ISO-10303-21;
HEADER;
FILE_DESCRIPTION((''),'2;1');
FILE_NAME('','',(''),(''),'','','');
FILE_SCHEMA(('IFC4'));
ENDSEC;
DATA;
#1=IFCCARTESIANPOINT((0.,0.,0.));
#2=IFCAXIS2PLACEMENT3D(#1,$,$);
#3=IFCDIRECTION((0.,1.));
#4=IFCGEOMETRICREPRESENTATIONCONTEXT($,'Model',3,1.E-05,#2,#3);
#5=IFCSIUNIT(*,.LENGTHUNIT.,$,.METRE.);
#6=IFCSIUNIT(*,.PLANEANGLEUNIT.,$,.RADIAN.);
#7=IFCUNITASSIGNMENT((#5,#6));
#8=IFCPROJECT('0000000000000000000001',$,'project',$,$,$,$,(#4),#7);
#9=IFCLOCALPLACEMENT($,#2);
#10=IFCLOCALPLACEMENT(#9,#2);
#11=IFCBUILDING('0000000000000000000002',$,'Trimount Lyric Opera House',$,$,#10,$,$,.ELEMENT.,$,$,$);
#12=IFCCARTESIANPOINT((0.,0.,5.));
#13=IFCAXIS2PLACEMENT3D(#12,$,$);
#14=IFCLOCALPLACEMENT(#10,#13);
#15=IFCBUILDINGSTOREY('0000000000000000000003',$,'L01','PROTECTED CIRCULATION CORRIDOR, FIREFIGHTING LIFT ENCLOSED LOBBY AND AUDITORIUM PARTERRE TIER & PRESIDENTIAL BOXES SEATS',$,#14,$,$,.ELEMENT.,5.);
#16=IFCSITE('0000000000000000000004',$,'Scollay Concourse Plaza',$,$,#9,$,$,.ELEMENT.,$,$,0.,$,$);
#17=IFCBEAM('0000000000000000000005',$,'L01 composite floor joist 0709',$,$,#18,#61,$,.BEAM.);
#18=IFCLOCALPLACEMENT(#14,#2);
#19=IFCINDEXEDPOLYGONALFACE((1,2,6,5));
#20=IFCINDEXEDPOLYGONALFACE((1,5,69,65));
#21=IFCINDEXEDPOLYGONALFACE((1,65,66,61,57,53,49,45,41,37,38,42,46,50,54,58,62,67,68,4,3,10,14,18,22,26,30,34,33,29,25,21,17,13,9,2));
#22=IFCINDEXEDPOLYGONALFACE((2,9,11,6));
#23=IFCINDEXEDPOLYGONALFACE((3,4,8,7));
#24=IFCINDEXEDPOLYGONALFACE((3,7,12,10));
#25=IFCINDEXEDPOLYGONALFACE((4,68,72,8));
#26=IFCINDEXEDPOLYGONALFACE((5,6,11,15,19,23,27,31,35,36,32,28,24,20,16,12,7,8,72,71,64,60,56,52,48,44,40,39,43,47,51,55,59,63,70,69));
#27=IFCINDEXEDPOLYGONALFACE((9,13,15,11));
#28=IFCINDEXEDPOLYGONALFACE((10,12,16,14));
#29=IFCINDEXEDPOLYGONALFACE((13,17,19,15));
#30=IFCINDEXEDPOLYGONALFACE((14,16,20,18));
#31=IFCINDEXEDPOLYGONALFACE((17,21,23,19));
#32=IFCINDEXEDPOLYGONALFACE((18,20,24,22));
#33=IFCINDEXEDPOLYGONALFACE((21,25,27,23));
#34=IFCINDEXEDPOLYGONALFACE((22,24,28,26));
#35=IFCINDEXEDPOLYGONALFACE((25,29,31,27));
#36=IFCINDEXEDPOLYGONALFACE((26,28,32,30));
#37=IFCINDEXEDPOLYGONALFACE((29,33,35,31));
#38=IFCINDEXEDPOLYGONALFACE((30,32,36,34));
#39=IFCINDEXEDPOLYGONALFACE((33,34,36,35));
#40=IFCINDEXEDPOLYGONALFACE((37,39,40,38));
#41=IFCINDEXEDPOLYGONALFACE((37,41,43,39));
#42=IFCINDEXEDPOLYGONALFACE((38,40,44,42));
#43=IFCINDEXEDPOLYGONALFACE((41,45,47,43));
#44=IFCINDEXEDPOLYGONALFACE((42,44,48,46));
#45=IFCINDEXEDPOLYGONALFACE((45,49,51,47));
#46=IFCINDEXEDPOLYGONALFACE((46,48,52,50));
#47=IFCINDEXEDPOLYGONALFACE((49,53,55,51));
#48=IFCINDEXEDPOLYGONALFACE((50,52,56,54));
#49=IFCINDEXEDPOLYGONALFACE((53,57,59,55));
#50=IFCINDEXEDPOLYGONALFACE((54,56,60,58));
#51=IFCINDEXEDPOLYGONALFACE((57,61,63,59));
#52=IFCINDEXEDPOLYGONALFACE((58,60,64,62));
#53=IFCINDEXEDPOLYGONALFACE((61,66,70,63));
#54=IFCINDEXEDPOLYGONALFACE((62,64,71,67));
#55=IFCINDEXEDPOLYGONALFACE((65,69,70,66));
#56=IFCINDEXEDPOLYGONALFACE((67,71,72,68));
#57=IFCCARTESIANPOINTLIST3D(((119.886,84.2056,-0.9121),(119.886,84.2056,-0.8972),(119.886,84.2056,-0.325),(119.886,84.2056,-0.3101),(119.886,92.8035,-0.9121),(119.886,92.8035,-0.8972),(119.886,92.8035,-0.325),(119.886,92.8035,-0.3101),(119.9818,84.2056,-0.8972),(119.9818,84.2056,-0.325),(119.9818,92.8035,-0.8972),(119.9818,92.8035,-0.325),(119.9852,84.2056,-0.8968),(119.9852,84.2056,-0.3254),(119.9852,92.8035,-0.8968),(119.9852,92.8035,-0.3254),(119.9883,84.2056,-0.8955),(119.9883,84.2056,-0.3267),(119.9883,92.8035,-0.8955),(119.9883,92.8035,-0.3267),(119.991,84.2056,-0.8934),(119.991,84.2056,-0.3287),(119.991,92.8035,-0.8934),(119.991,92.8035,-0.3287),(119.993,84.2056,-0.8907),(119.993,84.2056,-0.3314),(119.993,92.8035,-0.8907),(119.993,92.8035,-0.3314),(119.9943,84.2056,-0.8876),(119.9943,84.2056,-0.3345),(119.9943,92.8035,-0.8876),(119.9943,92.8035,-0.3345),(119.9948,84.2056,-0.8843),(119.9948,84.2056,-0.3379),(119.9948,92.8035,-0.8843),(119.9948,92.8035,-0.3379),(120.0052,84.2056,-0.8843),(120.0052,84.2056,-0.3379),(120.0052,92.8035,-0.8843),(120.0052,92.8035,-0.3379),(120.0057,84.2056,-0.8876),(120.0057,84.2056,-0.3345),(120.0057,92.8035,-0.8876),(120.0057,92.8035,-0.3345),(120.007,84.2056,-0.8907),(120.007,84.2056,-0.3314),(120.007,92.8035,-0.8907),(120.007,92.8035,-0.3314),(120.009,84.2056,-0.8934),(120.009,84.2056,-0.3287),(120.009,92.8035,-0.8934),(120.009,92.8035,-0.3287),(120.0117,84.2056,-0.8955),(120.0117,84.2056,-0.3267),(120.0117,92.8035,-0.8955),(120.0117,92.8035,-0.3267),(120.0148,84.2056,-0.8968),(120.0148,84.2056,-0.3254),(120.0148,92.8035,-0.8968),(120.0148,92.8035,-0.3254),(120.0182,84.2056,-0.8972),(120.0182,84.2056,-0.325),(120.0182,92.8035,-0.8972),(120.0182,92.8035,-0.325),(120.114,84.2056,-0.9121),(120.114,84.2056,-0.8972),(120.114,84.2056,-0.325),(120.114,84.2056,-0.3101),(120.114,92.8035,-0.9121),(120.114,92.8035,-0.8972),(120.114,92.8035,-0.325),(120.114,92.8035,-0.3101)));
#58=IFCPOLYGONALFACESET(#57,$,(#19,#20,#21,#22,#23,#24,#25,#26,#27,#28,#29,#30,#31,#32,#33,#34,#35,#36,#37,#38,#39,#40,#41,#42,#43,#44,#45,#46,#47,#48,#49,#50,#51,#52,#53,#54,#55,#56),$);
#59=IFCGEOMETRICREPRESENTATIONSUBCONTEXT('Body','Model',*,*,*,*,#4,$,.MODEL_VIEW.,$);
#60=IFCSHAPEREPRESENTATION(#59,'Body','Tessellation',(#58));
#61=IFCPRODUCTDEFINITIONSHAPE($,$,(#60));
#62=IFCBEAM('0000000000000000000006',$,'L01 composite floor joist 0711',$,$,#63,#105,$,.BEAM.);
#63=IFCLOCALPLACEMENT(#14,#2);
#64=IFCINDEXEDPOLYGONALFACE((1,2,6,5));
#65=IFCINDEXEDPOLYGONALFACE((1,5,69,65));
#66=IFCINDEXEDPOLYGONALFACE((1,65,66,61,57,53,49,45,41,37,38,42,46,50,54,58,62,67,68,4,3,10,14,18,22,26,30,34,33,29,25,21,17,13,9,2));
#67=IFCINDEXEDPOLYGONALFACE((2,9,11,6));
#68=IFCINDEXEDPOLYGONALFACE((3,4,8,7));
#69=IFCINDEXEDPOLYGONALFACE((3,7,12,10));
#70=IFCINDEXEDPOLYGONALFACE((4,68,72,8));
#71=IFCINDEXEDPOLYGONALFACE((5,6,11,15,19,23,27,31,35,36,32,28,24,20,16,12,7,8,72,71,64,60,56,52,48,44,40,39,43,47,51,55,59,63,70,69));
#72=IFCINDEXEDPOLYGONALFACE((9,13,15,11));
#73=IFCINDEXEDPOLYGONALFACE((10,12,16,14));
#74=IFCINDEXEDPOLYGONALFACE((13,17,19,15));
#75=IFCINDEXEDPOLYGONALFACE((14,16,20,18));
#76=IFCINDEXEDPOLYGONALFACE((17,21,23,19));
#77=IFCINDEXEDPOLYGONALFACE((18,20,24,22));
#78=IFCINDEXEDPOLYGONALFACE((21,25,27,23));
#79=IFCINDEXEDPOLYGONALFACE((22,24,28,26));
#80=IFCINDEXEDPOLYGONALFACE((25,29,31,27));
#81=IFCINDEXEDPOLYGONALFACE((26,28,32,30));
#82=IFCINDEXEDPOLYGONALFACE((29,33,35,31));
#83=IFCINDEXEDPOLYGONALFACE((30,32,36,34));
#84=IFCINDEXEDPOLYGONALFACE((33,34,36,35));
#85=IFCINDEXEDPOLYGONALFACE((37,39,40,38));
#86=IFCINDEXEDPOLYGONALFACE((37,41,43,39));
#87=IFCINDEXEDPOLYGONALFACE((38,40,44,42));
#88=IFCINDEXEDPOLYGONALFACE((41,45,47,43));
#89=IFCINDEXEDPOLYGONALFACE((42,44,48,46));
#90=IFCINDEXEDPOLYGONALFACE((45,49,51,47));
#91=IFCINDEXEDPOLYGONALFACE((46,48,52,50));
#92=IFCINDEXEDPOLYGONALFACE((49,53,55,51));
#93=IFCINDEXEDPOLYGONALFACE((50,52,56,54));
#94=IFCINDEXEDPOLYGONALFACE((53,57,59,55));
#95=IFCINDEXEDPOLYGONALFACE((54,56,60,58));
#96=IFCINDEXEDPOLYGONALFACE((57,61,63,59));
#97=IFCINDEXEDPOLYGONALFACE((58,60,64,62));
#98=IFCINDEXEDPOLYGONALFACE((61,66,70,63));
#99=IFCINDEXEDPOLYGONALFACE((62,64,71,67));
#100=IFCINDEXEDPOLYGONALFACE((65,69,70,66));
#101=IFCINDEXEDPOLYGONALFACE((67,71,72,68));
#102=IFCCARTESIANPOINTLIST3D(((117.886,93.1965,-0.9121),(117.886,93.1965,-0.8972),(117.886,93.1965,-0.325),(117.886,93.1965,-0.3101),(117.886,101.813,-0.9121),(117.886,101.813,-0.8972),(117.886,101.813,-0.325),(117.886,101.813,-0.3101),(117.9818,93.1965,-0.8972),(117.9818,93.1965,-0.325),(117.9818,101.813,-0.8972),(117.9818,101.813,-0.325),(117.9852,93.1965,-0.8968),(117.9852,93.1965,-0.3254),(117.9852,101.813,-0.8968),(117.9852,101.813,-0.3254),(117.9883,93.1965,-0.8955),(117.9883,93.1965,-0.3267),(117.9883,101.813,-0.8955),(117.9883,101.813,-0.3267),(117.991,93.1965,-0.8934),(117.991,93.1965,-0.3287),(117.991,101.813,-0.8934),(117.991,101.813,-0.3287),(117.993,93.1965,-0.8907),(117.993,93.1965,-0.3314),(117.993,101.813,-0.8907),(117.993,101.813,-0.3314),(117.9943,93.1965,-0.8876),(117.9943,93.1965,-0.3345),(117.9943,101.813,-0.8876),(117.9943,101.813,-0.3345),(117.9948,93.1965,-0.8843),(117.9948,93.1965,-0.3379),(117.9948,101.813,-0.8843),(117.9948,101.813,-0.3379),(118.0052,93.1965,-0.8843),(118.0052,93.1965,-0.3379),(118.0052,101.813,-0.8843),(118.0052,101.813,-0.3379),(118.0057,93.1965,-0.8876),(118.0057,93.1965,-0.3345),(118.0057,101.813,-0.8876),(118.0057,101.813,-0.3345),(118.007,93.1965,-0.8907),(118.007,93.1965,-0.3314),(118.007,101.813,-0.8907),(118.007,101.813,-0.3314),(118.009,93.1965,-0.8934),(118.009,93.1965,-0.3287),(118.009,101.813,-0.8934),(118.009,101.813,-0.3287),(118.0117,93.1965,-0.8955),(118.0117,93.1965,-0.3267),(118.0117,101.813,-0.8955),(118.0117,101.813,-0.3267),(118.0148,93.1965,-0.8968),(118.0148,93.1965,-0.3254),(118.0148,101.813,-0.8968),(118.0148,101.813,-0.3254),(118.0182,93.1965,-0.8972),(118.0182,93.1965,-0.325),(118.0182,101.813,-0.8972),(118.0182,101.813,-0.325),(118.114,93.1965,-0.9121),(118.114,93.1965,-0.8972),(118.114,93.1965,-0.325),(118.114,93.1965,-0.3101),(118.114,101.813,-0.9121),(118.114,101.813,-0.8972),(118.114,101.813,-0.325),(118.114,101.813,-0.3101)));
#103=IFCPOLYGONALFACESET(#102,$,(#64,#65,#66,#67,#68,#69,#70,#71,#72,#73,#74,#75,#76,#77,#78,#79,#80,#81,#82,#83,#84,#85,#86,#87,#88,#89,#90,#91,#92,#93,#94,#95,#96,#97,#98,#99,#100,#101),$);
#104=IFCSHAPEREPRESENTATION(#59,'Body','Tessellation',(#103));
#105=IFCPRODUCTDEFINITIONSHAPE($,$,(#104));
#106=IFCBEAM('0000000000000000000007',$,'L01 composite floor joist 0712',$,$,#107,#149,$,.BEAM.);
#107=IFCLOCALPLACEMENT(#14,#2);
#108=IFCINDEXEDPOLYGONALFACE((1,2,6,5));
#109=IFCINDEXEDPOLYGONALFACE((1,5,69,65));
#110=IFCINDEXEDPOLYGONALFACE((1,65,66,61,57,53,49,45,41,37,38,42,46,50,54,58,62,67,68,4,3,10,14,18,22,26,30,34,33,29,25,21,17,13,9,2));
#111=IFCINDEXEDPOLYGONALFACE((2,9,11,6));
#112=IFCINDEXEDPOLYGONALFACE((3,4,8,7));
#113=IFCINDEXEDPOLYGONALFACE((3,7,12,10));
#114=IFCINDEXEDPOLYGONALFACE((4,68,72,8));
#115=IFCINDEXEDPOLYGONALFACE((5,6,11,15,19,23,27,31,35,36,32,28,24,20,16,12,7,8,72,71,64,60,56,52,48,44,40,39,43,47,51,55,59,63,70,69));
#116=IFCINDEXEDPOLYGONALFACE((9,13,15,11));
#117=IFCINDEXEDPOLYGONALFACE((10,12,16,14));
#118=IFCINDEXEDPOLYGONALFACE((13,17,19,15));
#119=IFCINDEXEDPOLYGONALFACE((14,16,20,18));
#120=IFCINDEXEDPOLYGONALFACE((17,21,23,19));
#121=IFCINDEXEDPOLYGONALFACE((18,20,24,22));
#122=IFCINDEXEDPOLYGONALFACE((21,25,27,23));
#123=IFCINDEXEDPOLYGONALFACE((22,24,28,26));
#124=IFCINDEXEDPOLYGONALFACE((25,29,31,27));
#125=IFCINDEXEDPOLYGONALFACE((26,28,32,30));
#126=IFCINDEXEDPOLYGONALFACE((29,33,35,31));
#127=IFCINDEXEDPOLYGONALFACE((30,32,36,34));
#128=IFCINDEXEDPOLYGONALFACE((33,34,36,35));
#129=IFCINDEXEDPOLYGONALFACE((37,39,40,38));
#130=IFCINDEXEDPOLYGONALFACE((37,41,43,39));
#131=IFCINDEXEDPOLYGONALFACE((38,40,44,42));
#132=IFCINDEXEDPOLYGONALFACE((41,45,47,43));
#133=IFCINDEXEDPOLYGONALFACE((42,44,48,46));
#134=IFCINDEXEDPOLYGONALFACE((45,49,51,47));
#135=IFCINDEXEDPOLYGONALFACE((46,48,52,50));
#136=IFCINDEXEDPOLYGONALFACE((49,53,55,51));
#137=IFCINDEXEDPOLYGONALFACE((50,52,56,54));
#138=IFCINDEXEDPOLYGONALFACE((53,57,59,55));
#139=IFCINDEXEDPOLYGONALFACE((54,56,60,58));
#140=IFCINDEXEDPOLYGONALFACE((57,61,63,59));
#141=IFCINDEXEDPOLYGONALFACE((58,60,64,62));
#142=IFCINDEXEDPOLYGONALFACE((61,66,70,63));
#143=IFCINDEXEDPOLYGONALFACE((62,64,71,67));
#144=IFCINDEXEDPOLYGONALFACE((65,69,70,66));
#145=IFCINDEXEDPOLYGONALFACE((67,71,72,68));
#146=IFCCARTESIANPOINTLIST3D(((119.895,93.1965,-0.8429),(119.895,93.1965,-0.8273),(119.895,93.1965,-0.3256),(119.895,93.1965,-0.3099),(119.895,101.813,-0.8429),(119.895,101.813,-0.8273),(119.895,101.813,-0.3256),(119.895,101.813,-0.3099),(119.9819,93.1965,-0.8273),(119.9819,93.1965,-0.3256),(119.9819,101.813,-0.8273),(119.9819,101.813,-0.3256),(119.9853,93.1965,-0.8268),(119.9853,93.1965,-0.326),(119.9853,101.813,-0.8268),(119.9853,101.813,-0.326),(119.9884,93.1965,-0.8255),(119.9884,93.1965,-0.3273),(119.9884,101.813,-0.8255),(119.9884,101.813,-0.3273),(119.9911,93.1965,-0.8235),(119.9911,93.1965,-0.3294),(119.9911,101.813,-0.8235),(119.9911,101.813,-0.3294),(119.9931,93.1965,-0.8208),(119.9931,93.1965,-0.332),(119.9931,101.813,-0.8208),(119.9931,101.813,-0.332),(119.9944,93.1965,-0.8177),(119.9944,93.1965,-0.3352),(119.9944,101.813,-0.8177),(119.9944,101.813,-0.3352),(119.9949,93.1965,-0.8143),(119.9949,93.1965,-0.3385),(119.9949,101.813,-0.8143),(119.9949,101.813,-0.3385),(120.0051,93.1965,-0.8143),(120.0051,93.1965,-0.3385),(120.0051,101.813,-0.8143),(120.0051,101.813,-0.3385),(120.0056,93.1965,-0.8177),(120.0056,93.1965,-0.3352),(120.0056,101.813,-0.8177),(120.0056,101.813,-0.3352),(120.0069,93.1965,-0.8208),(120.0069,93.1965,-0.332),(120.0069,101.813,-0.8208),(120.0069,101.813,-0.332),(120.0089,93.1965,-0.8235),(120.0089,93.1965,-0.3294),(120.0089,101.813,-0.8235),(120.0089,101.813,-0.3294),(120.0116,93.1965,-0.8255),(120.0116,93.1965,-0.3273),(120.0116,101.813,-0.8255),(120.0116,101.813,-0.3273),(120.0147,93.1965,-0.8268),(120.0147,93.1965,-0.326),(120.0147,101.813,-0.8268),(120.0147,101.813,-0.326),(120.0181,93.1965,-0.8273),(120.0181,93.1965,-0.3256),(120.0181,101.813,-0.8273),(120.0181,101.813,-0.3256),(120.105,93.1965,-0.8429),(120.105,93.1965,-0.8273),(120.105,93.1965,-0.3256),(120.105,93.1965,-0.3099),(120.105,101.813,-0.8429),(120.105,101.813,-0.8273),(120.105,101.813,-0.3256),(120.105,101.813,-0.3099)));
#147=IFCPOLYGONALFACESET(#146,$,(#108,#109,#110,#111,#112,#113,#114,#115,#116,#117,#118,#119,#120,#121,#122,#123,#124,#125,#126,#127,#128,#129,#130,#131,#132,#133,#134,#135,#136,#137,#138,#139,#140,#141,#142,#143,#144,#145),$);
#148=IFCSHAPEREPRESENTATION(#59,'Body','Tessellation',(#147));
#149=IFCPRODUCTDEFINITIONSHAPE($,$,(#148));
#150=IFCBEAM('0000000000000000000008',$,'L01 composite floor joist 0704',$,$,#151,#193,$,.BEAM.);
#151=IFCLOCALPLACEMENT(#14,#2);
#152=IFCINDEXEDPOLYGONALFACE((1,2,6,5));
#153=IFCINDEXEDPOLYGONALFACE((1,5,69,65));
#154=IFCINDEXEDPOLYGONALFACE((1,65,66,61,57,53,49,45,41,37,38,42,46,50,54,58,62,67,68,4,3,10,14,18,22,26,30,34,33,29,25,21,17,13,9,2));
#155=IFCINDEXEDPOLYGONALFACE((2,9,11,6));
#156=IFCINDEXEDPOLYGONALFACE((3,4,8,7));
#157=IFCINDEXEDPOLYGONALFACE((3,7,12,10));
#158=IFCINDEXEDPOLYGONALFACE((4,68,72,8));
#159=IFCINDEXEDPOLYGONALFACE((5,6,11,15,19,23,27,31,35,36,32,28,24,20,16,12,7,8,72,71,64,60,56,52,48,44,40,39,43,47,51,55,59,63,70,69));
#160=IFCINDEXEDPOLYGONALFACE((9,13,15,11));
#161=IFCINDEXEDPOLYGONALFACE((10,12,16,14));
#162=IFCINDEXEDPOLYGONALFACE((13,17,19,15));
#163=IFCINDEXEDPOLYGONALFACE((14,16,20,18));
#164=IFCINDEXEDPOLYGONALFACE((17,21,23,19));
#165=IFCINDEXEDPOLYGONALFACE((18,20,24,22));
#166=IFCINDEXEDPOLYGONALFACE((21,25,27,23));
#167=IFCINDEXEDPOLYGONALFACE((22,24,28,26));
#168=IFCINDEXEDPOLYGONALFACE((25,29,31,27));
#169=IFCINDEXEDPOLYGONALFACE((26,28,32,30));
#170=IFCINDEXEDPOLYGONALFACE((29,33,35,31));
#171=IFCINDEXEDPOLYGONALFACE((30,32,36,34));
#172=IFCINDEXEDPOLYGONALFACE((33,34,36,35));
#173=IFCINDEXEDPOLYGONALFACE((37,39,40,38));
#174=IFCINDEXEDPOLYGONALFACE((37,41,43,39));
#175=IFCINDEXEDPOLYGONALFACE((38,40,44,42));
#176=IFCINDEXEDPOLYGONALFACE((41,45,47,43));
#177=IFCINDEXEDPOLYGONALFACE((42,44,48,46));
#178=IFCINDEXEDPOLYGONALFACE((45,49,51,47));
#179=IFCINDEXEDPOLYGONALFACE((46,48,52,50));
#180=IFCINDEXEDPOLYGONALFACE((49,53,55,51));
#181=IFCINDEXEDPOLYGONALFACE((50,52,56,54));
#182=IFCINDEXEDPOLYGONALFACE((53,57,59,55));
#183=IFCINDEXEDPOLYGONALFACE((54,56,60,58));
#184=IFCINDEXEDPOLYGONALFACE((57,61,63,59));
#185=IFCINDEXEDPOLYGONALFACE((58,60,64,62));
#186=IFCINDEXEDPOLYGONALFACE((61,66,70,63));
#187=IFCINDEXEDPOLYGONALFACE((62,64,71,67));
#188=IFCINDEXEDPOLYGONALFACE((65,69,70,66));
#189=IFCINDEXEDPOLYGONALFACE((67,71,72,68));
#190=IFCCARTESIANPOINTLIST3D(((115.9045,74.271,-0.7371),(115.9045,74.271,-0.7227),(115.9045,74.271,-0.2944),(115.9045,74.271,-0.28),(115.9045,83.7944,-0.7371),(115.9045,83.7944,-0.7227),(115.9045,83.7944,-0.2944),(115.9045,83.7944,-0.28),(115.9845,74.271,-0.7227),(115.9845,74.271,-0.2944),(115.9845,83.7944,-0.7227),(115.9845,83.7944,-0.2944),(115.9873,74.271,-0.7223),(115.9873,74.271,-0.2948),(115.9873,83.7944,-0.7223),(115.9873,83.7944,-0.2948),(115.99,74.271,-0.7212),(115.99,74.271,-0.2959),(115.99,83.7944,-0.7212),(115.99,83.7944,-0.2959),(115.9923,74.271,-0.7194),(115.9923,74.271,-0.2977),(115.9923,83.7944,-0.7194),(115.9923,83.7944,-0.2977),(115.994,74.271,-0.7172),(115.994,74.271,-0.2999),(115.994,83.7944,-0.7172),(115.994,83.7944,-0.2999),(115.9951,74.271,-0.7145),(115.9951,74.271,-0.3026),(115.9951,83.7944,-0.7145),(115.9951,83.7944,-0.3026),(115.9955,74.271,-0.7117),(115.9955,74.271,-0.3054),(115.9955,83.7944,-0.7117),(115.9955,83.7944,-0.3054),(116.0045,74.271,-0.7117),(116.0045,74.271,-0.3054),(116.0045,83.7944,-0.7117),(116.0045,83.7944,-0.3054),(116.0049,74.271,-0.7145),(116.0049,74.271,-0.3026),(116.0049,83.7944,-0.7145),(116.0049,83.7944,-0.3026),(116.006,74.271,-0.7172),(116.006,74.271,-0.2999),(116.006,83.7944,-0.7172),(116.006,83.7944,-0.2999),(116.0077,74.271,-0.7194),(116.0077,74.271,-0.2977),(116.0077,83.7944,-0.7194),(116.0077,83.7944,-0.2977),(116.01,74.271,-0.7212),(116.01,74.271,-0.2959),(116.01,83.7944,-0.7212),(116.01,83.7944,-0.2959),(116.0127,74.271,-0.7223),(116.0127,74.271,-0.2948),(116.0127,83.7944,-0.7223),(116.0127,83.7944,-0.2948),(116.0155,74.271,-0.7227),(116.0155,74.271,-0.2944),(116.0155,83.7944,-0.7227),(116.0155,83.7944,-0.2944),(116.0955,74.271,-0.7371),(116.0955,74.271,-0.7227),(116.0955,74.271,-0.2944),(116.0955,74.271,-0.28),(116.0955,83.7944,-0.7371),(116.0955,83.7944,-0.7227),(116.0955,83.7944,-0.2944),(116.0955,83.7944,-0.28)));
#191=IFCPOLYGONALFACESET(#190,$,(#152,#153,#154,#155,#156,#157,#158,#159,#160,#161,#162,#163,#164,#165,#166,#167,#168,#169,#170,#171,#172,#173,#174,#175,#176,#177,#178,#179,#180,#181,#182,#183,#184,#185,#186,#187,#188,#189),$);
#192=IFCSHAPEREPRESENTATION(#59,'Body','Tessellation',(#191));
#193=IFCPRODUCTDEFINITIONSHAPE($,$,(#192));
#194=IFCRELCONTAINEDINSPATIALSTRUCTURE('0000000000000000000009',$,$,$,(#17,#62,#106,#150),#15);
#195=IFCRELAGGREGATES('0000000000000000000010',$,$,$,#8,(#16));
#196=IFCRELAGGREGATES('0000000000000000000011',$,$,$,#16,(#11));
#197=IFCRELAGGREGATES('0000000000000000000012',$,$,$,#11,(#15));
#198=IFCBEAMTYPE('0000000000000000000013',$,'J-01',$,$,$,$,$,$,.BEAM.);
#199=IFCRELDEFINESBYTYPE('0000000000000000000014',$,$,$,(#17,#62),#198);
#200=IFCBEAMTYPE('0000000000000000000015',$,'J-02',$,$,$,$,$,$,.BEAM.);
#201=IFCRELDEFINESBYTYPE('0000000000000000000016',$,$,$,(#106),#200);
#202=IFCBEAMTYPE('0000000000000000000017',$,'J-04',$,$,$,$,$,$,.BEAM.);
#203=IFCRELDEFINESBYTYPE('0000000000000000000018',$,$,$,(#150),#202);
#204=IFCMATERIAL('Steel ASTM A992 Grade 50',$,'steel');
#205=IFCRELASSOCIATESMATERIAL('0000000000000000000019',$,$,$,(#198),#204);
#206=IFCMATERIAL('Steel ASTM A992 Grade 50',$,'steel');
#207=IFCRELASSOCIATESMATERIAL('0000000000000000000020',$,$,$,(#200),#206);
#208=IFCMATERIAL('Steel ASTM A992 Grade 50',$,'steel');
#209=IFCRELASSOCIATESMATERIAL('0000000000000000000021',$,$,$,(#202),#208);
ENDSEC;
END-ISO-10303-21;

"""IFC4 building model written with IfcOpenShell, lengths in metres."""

from ifc_helpers import new_model, si_unit, direction, frame, origin, origin_2d, place, context, subcontext, project, spatial, i_section, extrude, material, material_profile, profile_set, type_object, element, save


model = new_model("IFC4")

# Units and contexts
model_context = context("Model", 3, precision=1e-05, world=origin(), true_north=direction((0.0, 1.0)))
body_context = subcontext(model_context, "Body", "Model", "MODEL_VIEW")
ifc_project = project(units=[si_unit("LENGTHUNIT", "METRE"), si_unit("PLANEANGLEUNIT", "RADIAN")], contexts=[model_context])

# Site, building, storey
site_placement = place(None, origin())
site = spatial("IfcSite", under=ifc_project, at=site_placement, Name="Scollay Concourse Plaza", CompositionType="ELEMENT", RefElevation=0.0)
building_placement = place(site_placement, origin())
building = spatial("IfcBuilding", under=site, at=building_placement, Name="Trimount Lyric Opera House", CompositionType="ELEMENT")
storey_placement = place(building_placement, frame((0.0, 0.0, 5.0)))
storey = spatial("IfcBuildingStorey", under=building, at=storey_placement, Name="L01", Description="PROTECTED CIRCULATION CORRIDOR, FIREFIGHTING LIFT ENCLOSED LOBBY AND AUDITORIUM PARTERRE TIER & PRESIDENTIAL BOXES SEATS", CompositionType="ELEMENT", Elevation=5.0)

# Beams
ifc_material_1 = material(Name="Steel ASTM A992 Grade 50", Category="steel")
ifc_material_profile_1 = material_profile(ifc_material_1, i_section(OverallWidth=0.228, OverallDepth=0.6021, WebThickness=0.0105, FlangeThickness=0.0149, FilletRadius=0.0129, at=origin_2d()), Name="W24X68")
ifc_profile_set_1 = profile_set([ifc_material_profile_1], Name="Steel ASTM A992 Grade 50")
beam_type_1 = type_object("IfcBeamType", Name="J-01", PredefinedType="BEAM", material=ifc_profile_set_1)
beam_1_placement = place(storey_placement, frame((120.0, 84.2056, -0.6111), z_axis=(0.0, 1.0, 0.0), x_axis=(-1.0, 0.0, 0.0)))
element("IfcBeam", 1, at=beam_1_placement, inside=storey, type_object=beam_type_1, Name="L01 composite floor joist 0709", PredefinedType="BEAM", context=body_context, shape_type="SweptSolid", body=[
    extrude(i_section(OverallWidth=0.228, OverallDepth=0.6021, WebThickness=0.0105, FlangeThickness=0.0149, FilletRadius=0.0129, at=origin_2d()), origin(), (0.0, 0.0, 1.0), 8.5979),
])
beam_2_placement = place(storey_placement, frame((118.0, 93.1965, -0.6111), z_axis=(0.0, 1.0, 0.0), x_axis=(-1.0, 0.0, 0.0)))
element("IfcBeam", 2, at=beam_2_placement, inside=storey, type_object=beam_type_1, Name="L01 composite floor joist 0711", PredefinedType="BEAM", context=body_context, shape_type="SweptSolid", body=[
    extrude(i_section(OverallWidth=0.228, OverallDepth=0.6021, WebThickness=0.0105, FlangeThickness=0.0149, FilletRadius=0.0129, at=origin_2d()), origin(), (0.0, 0.0, 1.0), 8.6165),
])
ifc_material_2 = material(Name="Steel ASTM A992 Grade 50", Category="steel")
ifc_material_profile_2 = material_profile(ifc_material_2, i_section(OverallWidth=0.21, OverallDepth=0.533, WebThickness=0.0103, FlangeThickness=0.0156, FilletRadius=0.0129, at=origin_2d()), Name="W21X62")
ifc_profile_set_2 = profile_set([ifc_material_profile_2], Name="Steel ASTM A992 Grade 50")
beam_type_2 = type_object("IfcBeamType", Name="J-02", PredefinedType="BEAM", material=ifc_profile_set_2)
beam_3_placement = place(storey_placement, frame((120.0, 93.1965, -0.5764), z_axis=(0.0, 1.0, 0.0), x_axis=(-1.0, 0.0, 0.0)))
element("IfcBeam", 3, at=beam_3_placement, inside=storey, type_object=beam_type_2, Name="L01 composite floor joist 0712", PredefinedType="BEAM", context=body_context, shape_type="SweptSolid", body=[
    extrude(i_section(OverallWidth=0.21, OverallDepth=0.533, WebThickness=0.0103, FlangeThickness=0.0156, FilletRadius=0.0129, at=origin_2d()), origin(), (0.0, 0.0, 1.0), 8.6165),
])
ifc_material_3 = material(Name="Steel ASTM A992 Grade 50", Category="steel")
ifc_material_profile_3 = material_profile(ifc_material_3, i_section(OverallWidth=0.1909, OverallDepth=0.457, WebThickness=0.009, FlangeThickness=0.0144, FilletRadius=0.011, at=origin_2d()), Name="W18X50")
ifc_profile_set_3 = profile_set([ifc_material_profile_3], Name="Steel ASTM A992 Grade 50")
beam_type_3 = type_object("IfcBeamType", Name="J-04", PredefinedType="BEAM", material=ifc_profile_set_3)
beam_4_placement = place(storey_placement, frame((116.0, 74.271, -0.5085), z_axis=(0.0, 1.0, 0.0), x_axis=(-1.0, 0.0, 0.0)))
element("IfcBeam", 4, at=beam_4_placement, inside=storey, type_object=beam_type_3, Name="L01 composite floor joist 0704", PredefinedType="BEAM", context=body_context, shape_type="SweptSolid", body=[
    extrude(i_section(OverallWidth=0.1909, OverallDepth=0.457, WebThickness=0.009, FlangeThickness=0.0144, FilletRadius=0.011, at=origin_2d()), origin(), (0.0, 0.0, 1.0), 9.5234),
])

save(model, "model.ifc")
